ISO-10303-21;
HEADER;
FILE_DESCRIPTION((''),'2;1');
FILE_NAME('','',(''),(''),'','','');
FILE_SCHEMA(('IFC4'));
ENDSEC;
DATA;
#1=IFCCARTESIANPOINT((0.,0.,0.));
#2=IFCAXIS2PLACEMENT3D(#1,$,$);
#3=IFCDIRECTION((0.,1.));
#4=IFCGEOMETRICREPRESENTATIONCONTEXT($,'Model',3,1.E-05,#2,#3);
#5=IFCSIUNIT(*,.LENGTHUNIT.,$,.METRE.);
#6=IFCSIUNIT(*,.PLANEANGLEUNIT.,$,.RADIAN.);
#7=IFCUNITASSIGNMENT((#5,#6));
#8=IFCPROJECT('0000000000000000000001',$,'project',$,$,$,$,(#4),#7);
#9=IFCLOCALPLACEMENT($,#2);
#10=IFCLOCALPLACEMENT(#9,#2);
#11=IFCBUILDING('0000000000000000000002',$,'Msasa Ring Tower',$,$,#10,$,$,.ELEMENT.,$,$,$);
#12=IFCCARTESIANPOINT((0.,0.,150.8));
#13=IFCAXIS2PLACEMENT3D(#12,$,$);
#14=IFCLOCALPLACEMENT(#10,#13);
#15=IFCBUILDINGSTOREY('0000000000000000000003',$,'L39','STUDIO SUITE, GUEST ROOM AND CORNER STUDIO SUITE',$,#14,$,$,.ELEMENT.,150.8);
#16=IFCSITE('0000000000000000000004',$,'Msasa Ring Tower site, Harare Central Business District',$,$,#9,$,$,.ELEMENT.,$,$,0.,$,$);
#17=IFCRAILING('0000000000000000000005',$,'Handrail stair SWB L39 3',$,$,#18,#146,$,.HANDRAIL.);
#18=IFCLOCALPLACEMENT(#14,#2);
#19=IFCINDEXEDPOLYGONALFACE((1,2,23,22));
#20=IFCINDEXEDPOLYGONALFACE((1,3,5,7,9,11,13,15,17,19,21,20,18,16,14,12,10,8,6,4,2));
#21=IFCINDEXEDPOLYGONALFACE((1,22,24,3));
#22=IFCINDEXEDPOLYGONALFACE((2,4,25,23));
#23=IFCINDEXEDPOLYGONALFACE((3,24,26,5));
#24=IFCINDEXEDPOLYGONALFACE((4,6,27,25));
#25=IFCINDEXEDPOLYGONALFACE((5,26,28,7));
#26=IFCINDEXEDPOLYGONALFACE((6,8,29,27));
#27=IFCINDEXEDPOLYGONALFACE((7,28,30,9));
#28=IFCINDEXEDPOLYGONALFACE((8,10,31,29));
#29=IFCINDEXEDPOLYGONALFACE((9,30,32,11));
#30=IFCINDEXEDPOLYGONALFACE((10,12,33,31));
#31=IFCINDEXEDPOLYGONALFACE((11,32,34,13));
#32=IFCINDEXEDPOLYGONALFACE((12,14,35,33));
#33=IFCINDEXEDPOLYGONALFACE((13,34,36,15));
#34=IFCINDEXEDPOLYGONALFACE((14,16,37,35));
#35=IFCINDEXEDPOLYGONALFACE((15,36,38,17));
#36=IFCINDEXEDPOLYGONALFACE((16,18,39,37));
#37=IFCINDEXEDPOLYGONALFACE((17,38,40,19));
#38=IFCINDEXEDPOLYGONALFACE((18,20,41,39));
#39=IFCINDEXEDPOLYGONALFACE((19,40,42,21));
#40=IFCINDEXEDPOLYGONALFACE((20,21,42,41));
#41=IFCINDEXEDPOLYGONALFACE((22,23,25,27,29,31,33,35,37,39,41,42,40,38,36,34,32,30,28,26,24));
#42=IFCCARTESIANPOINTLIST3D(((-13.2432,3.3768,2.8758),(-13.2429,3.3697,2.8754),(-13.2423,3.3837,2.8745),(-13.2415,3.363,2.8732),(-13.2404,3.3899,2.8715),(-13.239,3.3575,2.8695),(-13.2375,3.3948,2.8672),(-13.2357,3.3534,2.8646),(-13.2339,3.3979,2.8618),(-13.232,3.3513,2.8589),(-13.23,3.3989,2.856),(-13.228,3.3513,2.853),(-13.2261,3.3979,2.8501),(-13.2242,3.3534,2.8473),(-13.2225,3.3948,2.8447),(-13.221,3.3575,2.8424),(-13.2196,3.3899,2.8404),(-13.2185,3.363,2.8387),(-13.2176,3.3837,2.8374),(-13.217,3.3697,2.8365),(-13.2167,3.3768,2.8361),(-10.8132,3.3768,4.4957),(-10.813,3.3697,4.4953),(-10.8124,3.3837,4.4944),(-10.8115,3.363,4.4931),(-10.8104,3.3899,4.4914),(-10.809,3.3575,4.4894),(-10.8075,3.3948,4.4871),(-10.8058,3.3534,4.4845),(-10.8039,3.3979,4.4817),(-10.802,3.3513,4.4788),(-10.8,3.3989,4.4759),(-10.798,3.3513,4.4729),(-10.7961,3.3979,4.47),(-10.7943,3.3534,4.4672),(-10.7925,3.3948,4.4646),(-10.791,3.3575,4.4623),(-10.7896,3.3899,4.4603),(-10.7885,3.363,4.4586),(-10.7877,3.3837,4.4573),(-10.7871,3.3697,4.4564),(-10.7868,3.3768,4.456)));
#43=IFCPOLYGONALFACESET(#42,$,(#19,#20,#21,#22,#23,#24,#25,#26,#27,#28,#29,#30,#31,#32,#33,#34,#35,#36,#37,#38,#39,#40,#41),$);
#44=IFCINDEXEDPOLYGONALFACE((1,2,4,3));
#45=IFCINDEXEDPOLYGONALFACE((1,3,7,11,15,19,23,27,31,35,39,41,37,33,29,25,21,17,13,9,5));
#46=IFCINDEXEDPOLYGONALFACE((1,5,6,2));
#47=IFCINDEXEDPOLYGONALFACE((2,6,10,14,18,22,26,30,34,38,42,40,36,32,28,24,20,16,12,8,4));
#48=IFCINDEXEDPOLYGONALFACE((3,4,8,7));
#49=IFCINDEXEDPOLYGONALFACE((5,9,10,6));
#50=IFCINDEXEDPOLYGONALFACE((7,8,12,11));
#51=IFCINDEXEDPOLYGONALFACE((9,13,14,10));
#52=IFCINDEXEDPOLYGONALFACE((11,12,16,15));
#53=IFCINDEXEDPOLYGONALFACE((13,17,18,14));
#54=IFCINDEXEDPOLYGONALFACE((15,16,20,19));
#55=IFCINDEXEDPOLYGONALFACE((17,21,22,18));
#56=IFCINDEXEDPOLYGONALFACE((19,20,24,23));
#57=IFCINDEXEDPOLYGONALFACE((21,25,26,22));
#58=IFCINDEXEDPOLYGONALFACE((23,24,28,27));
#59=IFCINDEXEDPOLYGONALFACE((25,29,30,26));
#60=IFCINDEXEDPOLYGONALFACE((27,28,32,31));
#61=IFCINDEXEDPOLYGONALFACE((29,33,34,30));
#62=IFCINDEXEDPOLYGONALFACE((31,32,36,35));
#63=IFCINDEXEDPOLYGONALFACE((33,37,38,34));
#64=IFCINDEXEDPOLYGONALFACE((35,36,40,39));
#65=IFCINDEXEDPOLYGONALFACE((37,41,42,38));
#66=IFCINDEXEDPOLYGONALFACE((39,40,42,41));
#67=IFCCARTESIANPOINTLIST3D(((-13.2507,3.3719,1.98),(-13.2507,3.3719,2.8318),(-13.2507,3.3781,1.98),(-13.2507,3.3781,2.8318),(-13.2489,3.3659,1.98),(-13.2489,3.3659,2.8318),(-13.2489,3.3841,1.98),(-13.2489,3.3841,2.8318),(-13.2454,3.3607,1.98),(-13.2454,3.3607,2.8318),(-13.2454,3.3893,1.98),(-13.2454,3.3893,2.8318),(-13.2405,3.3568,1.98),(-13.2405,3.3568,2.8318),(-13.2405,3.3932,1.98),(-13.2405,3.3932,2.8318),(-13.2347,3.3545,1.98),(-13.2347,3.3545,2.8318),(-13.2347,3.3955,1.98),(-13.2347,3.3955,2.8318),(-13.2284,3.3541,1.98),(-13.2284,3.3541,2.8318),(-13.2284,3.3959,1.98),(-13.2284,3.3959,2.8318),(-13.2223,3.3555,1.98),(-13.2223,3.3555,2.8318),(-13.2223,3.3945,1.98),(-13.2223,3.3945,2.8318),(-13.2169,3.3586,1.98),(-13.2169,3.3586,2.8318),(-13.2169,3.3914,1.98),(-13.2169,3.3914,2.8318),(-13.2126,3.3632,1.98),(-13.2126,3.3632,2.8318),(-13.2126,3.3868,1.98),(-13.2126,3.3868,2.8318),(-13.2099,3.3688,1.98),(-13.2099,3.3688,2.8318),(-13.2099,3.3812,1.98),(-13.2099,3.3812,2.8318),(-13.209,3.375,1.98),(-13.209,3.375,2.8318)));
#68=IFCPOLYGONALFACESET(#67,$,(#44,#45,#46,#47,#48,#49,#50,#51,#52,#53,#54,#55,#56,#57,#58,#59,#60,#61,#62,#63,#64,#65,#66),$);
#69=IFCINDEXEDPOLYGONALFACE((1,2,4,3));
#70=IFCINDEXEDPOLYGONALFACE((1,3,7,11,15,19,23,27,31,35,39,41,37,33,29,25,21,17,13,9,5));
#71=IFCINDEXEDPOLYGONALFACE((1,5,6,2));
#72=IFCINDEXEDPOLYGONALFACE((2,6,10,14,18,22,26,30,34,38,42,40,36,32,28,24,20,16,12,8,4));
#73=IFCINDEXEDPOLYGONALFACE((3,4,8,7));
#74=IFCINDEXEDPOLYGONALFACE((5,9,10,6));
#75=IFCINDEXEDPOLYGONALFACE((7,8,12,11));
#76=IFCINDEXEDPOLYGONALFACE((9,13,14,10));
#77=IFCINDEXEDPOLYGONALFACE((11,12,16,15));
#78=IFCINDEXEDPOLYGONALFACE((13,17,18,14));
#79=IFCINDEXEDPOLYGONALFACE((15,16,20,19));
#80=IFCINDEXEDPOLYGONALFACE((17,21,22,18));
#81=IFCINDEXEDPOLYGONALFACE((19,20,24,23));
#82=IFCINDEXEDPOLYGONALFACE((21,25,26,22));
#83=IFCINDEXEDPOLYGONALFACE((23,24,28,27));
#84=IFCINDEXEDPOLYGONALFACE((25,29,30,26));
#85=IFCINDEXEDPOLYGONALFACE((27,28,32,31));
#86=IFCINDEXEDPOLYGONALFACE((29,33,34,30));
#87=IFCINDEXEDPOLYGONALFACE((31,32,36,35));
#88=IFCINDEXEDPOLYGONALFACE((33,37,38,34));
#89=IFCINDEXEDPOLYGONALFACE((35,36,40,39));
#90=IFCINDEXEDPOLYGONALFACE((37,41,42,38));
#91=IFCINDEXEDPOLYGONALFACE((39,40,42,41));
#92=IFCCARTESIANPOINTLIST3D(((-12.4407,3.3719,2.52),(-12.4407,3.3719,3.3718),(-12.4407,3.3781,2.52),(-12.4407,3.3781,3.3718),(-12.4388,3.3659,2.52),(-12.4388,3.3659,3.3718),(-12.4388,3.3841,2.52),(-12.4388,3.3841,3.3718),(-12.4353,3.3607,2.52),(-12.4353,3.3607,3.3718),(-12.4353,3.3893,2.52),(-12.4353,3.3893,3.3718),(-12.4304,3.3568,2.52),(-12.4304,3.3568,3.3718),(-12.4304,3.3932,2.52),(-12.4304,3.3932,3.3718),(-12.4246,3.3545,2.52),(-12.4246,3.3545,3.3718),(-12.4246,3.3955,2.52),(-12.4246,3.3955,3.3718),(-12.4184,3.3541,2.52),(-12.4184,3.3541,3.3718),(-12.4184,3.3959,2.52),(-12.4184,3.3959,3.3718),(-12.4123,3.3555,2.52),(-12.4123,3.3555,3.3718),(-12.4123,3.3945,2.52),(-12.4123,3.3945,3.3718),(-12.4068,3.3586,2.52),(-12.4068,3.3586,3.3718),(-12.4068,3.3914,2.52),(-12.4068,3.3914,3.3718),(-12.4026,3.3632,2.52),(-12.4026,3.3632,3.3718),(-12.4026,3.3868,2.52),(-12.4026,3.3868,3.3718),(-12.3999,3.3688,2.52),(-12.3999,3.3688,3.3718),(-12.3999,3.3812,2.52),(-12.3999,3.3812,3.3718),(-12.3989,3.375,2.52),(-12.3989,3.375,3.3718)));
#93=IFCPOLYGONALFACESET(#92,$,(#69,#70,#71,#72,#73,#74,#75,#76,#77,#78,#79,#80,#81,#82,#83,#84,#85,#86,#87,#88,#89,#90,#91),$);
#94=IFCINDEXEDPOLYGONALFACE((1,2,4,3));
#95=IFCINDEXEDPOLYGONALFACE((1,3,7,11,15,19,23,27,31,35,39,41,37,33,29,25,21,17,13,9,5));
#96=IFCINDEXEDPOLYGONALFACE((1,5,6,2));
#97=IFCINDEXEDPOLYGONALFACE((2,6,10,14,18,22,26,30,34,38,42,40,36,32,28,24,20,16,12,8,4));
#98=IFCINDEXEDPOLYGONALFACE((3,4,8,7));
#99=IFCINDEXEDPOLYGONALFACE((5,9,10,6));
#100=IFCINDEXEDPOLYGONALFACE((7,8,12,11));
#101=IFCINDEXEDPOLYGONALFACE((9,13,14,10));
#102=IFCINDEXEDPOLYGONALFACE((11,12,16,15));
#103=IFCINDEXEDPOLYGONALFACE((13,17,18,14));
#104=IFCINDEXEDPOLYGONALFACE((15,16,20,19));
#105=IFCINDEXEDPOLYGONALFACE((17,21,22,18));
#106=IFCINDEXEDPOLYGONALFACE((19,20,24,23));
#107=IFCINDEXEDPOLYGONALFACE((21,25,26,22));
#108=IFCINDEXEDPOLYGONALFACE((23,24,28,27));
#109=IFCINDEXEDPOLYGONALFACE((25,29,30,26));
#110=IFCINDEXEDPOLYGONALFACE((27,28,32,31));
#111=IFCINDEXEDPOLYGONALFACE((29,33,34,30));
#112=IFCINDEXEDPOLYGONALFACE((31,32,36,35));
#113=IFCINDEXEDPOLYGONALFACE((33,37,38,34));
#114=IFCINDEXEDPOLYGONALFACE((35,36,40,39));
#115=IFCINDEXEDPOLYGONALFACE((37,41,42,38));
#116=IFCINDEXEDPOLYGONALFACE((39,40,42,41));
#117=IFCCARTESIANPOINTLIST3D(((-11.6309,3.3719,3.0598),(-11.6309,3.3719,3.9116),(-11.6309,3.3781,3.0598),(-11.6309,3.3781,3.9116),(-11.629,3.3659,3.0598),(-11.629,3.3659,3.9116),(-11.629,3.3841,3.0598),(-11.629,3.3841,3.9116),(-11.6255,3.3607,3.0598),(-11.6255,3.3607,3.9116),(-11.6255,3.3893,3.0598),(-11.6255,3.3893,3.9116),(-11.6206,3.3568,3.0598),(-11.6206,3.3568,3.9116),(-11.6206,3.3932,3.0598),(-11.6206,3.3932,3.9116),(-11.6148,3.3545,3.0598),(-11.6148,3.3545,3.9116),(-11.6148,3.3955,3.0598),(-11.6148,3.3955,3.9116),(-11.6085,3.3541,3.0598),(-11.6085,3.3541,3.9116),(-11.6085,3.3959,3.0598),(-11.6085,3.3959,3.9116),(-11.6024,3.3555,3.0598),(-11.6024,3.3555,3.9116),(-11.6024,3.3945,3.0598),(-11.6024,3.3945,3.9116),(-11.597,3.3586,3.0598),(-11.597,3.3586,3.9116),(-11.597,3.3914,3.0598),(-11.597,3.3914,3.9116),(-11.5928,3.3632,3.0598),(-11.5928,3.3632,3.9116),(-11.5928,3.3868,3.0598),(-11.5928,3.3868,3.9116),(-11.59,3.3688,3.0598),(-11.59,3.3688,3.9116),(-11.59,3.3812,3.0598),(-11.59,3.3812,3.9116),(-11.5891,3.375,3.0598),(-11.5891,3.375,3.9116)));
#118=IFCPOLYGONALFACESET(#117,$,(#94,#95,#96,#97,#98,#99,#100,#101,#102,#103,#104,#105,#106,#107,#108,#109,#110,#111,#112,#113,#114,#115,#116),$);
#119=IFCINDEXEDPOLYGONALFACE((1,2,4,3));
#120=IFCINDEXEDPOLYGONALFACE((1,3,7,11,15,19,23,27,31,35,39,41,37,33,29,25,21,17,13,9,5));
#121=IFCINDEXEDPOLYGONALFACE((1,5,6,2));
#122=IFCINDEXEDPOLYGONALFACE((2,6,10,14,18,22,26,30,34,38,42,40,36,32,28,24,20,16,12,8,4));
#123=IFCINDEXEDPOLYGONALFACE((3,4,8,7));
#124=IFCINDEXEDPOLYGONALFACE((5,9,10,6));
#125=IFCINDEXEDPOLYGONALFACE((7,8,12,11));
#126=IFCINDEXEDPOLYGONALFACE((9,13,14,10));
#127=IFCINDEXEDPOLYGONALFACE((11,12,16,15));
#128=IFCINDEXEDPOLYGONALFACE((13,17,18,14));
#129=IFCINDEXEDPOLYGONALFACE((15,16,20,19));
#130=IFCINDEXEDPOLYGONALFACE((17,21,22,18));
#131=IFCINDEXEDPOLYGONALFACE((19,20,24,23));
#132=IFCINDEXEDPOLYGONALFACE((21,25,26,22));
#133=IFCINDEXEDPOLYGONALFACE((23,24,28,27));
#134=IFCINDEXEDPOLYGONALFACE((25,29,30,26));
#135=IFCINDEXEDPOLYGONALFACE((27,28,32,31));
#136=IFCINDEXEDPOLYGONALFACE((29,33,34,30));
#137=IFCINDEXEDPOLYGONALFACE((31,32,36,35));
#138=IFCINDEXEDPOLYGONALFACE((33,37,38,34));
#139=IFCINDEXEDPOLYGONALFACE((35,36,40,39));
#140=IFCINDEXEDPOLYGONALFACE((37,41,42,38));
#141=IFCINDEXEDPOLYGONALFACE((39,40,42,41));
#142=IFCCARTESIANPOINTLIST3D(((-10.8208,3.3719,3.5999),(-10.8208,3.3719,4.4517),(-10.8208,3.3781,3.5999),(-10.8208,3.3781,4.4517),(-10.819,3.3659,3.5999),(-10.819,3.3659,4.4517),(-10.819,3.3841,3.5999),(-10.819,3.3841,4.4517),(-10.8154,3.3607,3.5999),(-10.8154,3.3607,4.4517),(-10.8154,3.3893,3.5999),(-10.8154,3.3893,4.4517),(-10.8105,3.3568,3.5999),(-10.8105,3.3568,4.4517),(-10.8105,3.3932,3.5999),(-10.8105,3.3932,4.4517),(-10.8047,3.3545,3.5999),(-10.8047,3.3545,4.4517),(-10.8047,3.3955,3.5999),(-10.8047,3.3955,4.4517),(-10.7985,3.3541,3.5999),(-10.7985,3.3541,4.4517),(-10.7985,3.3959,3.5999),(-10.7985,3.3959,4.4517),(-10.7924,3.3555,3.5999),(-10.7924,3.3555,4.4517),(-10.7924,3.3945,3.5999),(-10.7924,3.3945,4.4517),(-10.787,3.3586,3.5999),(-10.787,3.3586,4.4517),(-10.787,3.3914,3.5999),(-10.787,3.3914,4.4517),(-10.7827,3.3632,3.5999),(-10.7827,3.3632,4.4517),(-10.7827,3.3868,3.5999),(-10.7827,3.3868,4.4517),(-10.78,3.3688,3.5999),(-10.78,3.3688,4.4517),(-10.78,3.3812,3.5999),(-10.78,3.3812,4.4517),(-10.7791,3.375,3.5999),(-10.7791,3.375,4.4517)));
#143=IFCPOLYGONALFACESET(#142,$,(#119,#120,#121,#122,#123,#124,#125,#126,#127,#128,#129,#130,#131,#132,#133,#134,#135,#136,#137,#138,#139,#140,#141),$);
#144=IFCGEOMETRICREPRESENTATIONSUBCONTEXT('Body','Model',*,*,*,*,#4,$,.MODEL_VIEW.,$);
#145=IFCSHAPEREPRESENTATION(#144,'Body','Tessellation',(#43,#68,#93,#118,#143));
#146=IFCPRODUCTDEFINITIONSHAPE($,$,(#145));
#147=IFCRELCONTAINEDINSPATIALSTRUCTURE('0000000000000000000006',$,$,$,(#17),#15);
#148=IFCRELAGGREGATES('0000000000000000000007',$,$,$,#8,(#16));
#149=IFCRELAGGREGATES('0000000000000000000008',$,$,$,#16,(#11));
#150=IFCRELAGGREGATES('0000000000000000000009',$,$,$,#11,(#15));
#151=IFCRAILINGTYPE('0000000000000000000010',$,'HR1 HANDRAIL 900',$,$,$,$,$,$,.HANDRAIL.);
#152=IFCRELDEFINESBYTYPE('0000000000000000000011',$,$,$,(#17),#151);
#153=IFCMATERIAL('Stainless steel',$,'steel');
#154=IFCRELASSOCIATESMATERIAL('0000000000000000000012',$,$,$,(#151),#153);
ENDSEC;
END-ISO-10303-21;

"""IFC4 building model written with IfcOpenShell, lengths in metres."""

from ifc_helpers import new_model, si_unit, direction, frame, origin, origin_2d, place, context, subcontext, project, spatial, circle, extrude, material, type_object, element, save


model = new_model("IFC4")

# Units and contexts
model_context = context("Model", 3, precision=1e-05, world=origin(), true_north=direction((0.0, 1.0)))
body_context = subcontext(model_context, "Body", "Model", "MODEL_VIEW")
ifc_project = project(units=[si_unit("LENGTHUNIT", "METRE"), si_unit("PLANEANGLEUNIT", "RADIAN")], contexts=[model_context])

# Site, building, storey
site_placement = place(None, origin())
site = spatial("IfcSite", under=ifc_project, at=site_placement, Name="Msasa Ring Tower site, Harare Central Business District", CompositionType="ELEMENT", RefElevation=0.0)
building_placement = place(site_placement, origin())
building = spatial("IfcBuilding", under=site, at=building_placement, Name="Msasa Ring Tower", CompositionType="ELEMENT")
storey_placement = place(building_placement, frame((0.0, 0.0, 150.8)))
storey = spatial("IfcBuildingStorey", under=building, at=storey_placement, Name="L39", Description="STUDIO SUITE, GUEST ROOM AND CORNER STUDIO SUITE", CompositionType="ELEMENT", Elevation=150.8)

# Railing
ifc_material_1 = material(Name="Stainless steel", Category="steel")
railing_type = type_object("IfcRailingType", Name="HR1 HANDRAIL 900", PredefinedType="HANDRAIL", material=ifc_material_1)
for number, where, name in (
    (1, (-13.23, 3.375, 1.98), "Handrail stair SWB L39 3"),
):
    element("IfcRailing", number, at=place(storey_placement, frame(where)), inside=storey, type_object=railing_type, Name=name, PredefinedType="HANDRAIL", context=body_context, shape_type="SweptSolid", body=[
        extrude(circle(Radius=0.0239, at=origin_2d()), frame((0.0, 0.0, 0.876), z_axis=(0.832063, 0.0, 0.554681), x_axis=(0.0, 1.0, 0.0)), (0.0, 0.0, 1.0), 2.9204),
        extrude(circle(Radius=0.021, at=origin_2d()), origin(), (0.0, 0.0, 1.0), 0.8518),
        extrude(circle(Radius=0.021, at=origin_2d()), frame((0.8101, 0.0, 0.54)), (0.0, 0.0, 1.0), 0.8518),
        extrude(circle(Radius=0.021, at=origin_2d()), frame((1.6199, 0.0, 1.0798)), (0.0, 0.0, 1.0), 0.8518),
        extrude(circle(Radius=0.021, at=origin_2d()), frame((2.4299, 0.0, 1.6199)), (0.0, 0.0, 1.0), 0.8518),
    ])

save(model, "model.ifc")
